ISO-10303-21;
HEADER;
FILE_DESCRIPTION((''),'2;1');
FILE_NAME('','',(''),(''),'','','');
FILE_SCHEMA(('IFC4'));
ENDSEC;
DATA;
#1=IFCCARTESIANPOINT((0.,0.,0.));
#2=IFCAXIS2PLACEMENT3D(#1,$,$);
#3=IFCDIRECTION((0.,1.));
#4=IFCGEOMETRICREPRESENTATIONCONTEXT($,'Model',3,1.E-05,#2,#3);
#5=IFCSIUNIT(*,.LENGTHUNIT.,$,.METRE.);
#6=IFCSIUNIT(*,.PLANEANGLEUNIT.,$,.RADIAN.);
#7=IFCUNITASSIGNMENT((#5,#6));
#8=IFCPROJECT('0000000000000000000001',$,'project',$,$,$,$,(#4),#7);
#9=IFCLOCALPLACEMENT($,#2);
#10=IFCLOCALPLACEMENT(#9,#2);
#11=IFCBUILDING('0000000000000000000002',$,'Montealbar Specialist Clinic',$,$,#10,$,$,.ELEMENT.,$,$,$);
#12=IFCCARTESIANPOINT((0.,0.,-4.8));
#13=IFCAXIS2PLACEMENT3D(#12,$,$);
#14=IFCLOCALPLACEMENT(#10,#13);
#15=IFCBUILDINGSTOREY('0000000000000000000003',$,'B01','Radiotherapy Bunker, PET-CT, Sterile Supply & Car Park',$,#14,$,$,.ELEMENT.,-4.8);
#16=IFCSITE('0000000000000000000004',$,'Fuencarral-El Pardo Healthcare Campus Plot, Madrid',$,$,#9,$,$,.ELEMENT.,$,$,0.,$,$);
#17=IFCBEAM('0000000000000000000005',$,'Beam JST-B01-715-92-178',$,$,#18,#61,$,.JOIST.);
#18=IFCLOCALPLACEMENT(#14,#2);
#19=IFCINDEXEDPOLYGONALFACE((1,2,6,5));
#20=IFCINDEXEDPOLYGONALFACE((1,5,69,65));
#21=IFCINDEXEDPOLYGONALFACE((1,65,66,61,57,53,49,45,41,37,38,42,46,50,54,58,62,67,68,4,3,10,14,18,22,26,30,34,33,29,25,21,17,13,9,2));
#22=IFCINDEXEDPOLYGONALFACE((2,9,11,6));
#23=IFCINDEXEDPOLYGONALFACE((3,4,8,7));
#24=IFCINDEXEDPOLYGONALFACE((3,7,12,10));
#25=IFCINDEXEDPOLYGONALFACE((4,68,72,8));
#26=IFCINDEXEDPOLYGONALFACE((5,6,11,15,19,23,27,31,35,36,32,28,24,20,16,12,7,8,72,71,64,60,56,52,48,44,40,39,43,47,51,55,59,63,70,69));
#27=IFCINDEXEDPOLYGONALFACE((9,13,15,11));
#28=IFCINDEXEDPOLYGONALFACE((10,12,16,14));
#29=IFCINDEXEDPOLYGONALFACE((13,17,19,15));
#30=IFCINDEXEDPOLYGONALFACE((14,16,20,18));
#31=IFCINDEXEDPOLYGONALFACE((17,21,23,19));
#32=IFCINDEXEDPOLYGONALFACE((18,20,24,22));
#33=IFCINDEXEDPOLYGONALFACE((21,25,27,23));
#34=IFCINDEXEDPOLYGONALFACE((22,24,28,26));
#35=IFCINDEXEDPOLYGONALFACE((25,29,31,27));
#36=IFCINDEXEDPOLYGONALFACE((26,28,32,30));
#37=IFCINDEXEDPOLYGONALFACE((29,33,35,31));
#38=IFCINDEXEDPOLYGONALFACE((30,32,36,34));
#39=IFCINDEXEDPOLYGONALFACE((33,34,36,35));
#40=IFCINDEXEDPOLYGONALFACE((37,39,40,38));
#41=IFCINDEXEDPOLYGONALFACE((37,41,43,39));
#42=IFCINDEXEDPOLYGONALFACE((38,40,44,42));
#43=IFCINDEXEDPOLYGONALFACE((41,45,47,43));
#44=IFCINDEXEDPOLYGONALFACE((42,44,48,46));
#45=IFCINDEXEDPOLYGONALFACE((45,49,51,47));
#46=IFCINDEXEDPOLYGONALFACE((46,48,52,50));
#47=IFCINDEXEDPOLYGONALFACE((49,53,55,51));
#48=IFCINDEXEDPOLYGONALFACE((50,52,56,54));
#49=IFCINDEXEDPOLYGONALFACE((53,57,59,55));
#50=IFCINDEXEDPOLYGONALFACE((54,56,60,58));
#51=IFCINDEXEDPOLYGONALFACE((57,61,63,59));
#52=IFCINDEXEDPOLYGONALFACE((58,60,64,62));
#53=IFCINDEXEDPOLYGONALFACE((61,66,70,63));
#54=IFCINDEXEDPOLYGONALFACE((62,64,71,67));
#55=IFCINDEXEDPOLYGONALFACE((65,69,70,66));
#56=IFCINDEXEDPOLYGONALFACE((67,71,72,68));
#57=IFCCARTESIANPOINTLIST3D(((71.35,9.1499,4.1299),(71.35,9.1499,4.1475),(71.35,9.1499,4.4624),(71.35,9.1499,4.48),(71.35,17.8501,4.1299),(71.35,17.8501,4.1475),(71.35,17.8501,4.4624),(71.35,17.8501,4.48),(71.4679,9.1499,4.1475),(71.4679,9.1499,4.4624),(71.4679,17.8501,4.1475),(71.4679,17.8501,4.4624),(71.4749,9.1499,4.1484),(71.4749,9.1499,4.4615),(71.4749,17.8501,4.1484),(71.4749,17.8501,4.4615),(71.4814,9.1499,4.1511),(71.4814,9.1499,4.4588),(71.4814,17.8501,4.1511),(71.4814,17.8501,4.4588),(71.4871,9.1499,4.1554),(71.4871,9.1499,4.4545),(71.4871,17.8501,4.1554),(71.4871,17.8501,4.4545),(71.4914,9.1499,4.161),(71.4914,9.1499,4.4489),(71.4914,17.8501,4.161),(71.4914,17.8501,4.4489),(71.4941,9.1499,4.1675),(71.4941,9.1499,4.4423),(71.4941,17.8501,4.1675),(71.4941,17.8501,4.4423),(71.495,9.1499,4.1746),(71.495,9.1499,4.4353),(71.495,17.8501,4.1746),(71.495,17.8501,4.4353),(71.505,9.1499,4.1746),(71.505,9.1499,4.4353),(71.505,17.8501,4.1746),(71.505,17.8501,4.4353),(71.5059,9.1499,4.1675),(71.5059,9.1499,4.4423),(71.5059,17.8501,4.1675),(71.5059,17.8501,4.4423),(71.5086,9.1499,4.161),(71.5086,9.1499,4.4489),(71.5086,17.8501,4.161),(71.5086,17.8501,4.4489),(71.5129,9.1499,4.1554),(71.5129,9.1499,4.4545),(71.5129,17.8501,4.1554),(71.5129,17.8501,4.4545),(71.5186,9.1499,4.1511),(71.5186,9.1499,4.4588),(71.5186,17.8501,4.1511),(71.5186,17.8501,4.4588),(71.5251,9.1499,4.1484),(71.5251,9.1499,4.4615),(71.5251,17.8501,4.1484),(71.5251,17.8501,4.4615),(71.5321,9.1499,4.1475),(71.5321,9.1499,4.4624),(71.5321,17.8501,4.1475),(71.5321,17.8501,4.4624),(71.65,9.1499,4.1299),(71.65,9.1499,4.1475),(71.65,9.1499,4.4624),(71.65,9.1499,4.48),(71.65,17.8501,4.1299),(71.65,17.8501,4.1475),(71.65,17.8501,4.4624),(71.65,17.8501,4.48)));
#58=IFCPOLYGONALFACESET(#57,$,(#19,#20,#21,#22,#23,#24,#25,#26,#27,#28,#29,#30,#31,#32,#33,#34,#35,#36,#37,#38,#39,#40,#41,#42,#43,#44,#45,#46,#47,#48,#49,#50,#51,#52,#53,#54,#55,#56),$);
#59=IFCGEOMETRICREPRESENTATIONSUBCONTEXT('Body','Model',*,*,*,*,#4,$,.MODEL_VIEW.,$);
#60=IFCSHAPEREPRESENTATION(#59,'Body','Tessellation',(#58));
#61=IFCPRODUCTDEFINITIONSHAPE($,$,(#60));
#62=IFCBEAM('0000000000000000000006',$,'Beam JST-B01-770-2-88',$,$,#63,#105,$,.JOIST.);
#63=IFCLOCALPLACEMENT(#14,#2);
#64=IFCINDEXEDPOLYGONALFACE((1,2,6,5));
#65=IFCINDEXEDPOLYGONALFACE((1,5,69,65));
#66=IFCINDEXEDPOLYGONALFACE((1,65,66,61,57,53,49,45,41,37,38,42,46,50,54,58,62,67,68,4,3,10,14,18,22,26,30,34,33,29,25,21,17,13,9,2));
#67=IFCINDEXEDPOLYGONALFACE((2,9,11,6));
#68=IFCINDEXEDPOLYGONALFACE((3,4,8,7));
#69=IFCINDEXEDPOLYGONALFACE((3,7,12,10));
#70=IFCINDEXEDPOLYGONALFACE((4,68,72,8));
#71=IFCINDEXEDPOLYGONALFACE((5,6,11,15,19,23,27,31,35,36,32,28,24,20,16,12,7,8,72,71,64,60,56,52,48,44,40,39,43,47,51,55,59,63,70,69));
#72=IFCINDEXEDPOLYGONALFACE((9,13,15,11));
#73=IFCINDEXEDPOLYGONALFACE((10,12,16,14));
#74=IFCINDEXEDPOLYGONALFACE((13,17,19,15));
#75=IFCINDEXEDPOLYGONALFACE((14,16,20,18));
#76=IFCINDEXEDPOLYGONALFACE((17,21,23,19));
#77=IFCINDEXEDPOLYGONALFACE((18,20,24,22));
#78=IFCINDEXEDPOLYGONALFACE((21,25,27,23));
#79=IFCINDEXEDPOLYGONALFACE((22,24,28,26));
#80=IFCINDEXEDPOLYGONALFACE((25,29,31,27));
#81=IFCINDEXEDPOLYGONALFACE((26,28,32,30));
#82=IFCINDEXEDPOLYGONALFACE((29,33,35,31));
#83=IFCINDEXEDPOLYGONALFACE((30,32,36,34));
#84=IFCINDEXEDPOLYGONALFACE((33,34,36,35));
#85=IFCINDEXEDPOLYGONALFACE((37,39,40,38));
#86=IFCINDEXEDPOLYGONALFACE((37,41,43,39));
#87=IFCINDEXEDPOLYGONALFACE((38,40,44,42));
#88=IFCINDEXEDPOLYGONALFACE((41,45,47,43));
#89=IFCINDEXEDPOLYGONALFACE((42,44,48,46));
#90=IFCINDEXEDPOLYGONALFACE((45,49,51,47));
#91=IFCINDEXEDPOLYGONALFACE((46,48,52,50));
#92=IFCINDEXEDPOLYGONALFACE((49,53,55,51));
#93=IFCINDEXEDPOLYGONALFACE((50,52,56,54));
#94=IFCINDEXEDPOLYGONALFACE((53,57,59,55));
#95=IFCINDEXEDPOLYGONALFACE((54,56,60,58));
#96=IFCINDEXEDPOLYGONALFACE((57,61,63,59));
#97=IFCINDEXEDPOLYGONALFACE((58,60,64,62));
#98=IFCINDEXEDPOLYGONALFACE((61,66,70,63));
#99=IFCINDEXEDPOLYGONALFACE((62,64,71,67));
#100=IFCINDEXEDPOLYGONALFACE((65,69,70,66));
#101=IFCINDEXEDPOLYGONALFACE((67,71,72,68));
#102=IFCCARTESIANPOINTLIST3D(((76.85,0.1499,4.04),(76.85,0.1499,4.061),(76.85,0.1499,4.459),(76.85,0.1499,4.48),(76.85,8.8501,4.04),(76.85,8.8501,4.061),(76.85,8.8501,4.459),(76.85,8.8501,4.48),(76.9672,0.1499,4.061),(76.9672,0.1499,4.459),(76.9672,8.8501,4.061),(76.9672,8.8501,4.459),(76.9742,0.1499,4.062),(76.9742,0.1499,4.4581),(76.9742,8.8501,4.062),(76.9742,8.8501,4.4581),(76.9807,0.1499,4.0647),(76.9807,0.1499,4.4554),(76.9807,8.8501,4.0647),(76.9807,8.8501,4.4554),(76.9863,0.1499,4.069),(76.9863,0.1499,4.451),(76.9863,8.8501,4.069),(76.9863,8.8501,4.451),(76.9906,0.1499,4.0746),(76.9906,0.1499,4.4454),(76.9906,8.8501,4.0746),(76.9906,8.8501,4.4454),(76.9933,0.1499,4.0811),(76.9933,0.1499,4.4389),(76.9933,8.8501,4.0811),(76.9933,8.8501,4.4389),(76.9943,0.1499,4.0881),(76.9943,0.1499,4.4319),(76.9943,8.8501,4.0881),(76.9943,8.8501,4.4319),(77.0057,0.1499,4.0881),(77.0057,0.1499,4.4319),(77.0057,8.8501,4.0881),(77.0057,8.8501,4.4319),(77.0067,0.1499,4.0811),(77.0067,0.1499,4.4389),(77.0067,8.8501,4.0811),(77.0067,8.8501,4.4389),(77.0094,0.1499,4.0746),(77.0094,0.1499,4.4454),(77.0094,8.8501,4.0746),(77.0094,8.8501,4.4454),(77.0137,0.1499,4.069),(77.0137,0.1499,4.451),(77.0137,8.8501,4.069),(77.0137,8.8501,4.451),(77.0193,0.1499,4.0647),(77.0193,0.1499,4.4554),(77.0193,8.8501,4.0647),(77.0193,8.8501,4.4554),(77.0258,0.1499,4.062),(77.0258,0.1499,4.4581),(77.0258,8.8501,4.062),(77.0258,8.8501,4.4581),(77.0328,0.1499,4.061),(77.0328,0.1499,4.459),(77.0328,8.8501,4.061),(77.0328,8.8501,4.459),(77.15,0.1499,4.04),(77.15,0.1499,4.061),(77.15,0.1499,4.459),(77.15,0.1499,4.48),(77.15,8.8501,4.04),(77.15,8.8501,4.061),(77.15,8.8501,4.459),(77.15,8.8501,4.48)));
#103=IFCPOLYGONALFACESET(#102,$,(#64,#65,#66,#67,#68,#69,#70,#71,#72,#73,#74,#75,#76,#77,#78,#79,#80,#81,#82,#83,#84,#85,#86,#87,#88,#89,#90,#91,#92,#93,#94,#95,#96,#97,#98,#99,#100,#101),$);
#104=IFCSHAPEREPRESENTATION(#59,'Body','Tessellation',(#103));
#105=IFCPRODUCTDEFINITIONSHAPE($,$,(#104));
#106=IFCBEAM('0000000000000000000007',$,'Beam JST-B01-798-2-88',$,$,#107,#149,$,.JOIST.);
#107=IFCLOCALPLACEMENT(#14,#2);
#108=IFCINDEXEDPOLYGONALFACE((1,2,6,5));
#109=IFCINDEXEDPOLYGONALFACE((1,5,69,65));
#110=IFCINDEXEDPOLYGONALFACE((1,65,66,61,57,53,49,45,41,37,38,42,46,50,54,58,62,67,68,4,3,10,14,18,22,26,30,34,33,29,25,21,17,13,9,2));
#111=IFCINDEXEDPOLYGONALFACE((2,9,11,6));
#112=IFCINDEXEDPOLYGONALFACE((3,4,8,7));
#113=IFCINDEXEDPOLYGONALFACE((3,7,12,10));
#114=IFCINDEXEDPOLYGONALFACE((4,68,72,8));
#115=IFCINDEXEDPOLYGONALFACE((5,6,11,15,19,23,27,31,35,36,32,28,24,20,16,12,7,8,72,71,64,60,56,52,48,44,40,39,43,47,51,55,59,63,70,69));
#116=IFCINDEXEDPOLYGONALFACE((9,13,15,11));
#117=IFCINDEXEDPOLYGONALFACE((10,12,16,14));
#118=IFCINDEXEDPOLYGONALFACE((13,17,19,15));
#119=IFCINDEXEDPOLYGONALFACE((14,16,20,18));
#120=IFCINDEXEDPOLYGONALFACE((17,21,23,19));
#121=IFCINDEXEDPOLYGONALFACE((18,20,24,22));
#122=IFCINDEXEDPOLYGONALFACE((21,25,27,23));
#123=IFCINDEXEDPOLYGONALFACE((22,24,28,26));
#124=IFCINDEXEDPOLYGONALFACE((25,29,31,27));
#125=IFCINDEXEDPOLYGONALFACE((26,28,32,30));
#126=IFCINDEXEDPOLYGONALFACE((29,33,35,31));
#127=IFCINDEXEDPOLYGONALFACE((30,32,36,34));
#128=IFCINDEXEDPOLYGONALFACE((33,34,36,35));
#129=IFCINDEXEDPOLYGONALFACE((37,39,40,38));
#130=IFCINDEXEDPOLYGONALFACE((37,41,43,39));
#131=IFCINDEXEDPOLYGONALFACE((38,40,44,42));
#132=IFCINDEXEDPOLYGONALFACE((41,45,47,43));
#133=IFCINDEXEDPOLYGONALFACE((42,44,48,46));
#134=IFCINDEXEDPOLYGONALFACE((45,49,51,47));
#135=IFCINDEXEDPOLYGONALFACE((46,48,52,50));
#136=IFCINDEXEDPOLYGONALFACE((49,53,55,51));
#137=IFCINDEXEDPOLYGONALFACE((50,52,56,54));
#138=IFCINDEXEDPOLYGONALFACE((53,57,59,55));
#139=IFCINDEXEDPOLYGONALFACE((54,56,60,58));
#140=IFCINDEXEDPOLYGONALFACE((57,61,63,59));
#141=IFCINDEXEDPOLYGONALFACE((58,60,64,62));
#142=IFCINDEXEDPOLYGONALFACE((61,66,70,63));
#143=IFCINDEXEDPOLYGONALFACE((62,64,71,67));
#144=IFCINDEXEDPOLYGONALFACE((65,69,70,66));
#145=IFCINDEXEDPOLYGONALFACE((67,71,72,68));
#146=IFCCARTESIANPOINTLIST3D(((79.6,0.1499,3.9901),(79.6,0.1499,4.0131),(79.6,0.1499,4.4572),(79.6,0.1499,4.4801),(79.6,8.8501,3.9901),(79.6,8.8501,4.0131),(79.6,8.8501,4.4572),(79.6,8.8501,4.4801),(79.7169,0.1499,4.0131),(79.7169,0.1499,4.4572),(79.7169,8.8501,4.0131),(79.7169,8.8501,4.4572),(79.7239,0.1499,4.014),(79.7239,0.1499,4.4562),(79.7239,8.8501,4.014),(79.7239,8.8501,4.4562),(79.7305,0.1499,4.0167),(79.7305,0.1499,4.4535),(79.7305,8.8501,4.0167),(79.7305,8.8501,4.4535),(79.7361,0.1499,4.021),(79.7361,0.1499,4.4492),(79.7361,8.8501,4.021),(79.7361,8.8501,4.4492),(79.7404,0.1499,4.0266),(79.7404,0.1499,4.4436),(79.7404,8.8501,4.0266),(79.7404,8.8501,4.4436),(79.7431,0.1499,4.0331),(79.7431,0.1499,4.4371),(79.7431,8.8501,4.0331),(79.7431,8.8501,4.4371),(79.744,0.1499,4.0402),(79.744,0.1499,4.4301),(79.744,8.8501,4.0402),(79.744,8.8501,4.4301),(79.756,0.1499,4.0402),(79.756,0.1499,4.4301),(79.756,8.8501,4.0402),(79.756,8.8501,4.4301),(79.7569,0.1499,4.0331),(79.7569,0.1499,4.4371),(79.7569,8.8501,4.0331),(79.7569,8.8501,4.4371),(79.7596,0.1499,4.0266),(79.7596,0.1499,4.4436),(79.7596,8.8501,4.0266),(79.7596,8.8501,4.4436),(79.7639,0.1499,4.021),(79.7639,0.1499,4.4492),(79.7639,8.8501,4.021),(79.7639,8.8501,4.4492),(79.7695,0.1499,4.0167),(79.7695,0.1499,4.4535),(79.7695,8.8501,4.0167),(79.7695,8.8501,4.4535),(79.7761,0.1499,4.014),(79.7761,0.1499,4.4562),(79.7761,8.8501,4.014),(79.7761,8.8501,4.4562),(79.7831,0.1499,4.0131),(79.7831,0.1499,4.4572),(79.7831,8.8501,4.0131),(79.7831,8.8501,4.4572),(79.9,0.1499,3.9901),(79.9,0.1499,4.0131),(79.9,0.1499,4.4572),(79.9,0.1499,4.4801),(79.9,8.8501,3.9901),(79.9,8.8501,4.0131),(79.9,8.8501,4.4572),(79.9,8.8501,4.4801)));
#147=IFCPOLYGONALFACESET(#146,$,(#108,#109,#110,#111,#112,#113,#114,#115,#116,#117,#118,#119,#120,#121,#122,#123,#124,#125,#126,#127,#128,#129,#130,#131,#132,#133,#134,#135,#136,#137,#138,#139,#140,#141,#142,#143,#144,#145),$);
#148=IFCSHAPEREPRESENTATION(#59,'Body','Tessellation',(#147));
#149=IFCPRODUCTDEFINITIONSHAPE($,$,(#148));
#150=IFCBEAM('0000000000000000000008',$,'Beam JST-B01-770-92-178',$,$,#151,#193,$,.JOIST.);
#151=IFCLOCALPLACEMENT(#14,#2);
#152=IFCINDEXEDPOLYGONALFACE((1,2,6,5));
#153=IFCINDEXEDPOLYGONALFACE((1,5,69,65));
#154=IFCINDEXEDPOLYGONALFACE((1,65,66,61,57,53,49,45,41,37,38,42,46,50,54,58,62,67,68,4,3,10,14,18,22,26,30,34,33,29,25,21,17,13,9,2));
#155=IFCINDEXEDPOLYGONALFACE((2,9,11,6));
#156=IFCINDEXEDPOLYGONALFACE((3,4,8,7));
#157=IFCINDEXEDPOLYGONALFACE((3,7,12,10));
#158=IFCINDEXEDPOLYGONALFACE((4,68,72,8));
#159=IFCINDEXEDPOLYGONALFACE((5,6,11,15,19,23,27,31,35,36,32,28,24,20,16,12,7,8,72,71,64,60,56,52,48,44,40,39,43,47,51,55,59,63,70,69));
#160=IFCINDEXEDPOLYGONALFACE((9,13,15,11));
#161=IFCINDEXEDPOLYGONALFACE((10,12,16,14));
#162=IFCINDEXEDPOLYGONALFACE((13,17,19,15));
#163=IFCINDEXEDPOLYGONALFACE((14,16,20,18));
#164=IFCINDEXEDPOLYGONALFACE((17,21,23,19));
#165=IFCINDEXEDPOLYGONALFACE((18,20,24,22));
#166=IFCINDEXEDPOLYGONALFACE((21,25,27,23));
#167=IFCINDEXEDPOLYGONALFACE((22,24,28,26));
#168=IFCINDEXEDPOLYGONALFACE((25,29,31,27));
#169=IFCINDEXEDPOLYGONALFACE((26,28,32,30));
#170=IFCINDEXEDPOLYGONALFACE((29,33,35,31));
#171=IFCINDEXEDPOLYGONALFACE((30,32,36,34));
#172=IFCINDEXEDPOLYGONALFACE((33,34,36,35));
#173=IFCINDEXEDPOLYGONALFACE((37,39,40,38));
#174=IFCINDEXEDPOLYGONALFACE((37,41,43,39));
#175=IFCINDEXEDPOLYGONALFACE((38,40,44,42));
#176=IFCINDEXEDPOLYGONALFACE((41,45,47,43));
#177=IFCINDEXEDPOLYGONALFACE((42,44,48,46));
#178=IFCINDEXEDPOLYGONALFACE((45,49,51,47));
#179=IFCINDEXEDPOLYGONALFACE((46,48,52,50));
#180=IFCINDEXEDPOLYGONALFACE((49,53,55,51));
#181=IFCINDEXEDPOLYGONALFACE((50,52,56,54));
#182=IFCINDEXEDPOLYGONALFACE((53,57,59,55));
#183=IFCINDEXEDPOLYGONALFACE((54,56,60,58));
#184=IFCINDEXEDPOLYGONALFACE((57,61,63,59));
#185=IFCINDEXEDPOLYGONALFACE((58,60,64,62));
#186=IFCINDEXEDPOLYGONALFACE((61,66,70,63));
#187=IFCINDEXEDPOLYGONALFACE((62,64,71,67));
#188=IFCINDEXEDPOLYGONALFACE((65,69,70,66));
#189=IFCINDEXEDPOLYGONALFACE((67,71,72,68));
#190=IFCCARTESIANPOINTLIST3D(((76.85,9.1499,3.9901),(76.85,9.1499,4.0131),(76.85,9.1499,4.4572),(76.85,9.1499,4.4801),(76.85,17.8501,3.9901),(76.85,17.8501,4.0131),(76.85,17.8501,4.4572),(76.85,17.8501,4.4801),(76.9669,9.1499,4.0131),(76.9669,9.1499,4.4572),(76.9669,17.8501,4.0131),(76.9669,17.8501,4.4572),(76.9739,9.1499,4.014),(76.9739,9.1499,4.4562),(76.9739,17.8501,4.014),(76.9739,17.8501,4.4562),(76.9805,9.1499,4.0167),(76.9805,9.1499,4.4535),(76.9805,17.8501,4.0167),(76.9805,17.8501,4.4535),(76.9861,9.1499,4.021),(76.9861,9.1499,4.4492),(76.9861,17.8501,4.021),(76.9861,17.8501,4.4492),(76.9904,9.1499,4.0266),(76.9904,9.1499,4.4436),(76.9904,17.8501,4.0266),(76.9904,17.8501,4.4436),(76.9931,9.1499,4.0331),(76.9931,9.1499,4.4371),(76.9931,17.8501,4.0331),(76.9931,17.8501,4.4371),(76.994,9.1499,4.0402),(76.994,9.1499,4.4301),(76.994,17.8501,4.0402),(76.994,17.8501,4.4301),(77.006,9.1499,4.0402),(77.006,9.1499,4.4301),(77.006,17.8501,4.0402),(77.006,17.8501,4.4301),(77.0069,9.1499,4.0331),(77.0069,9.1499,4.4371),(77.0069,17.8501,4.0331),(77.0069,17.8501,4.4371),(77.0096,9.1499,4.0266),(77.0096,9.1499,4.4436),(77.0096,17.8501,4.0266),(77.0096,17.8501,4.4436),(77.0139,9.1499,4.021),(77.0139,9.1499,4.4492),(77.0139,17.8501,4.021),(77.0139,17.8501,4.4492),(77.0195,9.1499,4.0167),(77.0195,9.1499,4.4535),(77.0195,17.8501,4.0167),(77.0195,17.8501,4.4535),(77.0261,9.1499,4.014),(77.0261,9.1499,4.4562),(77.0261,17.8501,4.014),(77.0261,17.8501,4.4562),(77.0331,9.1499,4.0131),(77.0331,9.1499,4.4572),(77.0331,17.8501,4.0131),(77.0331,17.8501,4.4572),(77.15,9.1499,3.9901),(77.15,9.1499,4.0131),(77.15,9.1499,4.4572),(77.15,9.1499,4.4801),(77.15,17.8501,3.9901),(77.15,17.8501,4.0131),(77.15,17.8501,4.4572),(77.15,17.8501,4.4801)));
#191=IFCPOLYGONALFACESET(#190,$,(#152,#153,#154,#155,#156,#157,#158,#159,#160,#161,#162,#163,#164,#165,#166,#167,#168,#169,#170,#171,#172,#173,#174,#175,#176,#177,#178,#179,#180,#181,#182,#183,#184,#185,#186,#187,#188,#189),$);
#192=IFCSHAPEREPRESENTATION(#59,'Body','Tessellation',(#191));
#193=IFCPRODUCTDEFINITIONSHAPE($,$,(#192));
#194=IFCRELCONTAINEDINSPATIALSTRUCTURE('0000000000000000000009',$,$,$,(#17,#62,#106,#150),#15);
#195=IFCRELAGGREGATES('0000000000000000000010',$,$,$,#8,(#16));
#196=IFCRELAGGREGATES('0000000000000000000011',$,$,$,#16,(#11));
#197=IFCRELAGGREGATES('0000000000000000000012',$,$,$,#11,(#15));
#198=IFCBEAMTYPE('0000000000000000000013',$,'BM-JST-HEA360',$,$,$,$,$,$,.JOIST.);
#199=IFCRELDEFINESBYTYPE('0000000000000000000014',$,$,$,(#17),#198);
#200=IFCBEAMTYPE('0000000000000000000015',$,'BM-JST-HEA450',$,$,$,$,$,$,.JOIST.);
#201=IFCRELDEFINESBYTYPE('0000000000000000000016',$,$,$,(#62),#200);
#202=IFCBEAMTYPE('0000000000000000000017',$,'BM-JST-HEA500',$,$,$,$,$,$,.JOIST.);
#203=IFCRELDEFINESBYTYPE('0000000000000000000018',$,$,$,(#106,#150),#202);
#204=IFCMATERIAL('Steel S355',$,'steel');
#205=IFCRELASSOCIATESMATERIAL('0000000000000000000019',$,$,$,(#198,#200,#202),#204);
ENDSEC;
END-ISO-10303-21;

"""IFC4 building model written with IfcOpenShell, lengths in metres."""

from ifc_helpers import new_model, si_unit, direction, frame, origin, origin_2d, place, context, subcontext, project, spatial, i_section, extrude, material, material_profile, profile_set, type_object, element, save


model = new_model("IFC4")

# Units and contexts
model_context = context("Model", 3, precision=1e-05, world=origin(), true_north=direction((0.0, 1.0)))
body_context = subcontext(model_context, "Body", "Model", "MODEL_VIEW")
ifc_project = project(units=[si_unit("LENGTHUNIT", "METRE"), si_unit("PLANEANGLEUNIT", "RADIAN")], contexts=[model_context])

# Site, building, storey
site_placement = place(None, origin())
site = spatial("IfcSite", under=ifc_project, at=site_placement, Name="Fuencarral-El Pardo Healthcare Campus Plot, Madrid", CompositionType="ELEMENT", RefElevation=0.0)
building_placement = place(site_placement, origin())
building = spatial("IfcBuilding", under=site, at=building_placement, Name="Montealbar Specialist Clinic", CompositionType="ELEMENT")
storey_placement = place(building_placement, frame((0.0, 0.0, -4.8)))
storey = spatial("IfcBuildingStorey", under=building, at=storey_placement, Name="B01", Description="Radiotherapy Bunker, PET-CT, Sterile Supply & Car Park", CompositionType="ELEMENT", Elevation=-4.8)

# Shared definitions
ifc_material_1 = material(Name="Steel S355", Category="steel")

# Beams
ifc_material_profile_1 = material_profile(ifc_material_1, i_section(OverallWidth=0.3, OverallDepth=0.3501, WebThickness=0.01, FlangeThickness=0.0176, FilletRadius=0.0271, at=origin_2d()), Name="HEA 360", Category="steel")
ifc_profile_set_1 = profile_set([ifc_material_profile_1], Name="Steel S355")
beam_type_1 = type_object("IfcBeamType", Name="BM-JST-HEA360", PredefinedType="JOIST", material=ifc_profile_set_1)
beam_1_placement = place(storey_placement, frame((71.5, 9.1499, 4.3049), z_axis=(0.0, 1.0, 0.0), x_axis=(-1.0, 0.0, 0.0)))
element("IfcBeam", 1, at=beam_1_placement, inside=storey, type_object=beam_type_1, Name="Beam JST-B01-715-92-178", PredefinedType="JOIST", context=body_context, shape_type="SweptSolid", body=[
    extrude(i_section(OverallWidth=0.3, OverallDepth=0.3501, WebThickness=0.01, FlangeThickness=0.0176, FilletRadius=0.0271, at=origin_2d()), origin(), (0.0, 0.0, 1.0), 8.7002),
])
ifc_material_profile_2 = material_profile(ifc_material_1, i_section(OverallWidth=0.3, OverallDepth=0.4399, WebThickness=0.0115, FlangeThickness=0.021, FilletRadius=0.0271, at=origin_2d()), Name="HEA 450", Category="steel")
ifc_profile_set_2 = profile_set([ifc_material_profile_2], Name="Steel S355")
beam_type_2 = type_object("IfcBeamType", Name="BM-JST-HEA450", PredefinedType="JOIST", material=ifc_profile_set_2)
beam_2_placement = place(storey_placement, frame((77.0, 0.1499, 4.26), z_axis=(0.0, 1.0, 0.0), x_axis=(-1.0, 0.0, 0.0)))
element("IfcBeam", 2, at=beam_2_placement, inside=storey, type_object=beam_type_2, Name="Beam JST-B01-770-2-88", PredefinedType="JOIST", context=body_context, shape_type="SweptSolid", body=[
    extrude(i_section(OverallWidth=0.3, OverallDepth=0.4399, WebThickness=0.0115, FlangeThickness=0.021, FilletRadius=0.0271, at=origin_2d()), origin(), (0.0, 0.0, 1.0), 8.7002),
])
ifc_material_profile_3 = material_profile(ifc_material_1, i_section(OverallWidth=0.3, OverallDepth=0.49, WebThickness=0.012, FlangeThickness=0.0229, FilletRadius=0.0271, at=origin_2d()), Name="HEA 500", Category="steel")
ifc_profile_set_3 = profile_set([ifc_material_profile_3], Name="Steel S355")
beam_type_3 = type_object("IfcBeamType", Name="BM-JST-HEA500", PredefinedType="JOIST", material=ifc_profile_set_3)
for number, where, z_axis, x_axis, name in (
    (3, (79.75, 0.1499, 4.2351), (0.0, 1.0, 0.0), (-1.0, 0.0, 0.0), "Beam JST-B01-798-2-88"),
    (4, (77.0, 9.1499, 4.2351), (0.0, 1.0, 0.0), (-1.0, 0.0, 0.0), "Beam JST-B01-770-92-178"),
):
    element("IfcBeam", number, at=place(storey_placement, frame(where, z_axis=z_axis, x_axis=x_axis)), inside=storey, type_object=beam_type_3, Name=name, PredefinedType="JOIST", context=body_context, shape_type="SweptSolid", body=[
        extrude(i_section(OverallWidth=0.3, OverallDepth=0.49, WebThickness=0.012, FlangeThickness=0.0229, FilletRadius=0.0271, at=origin_2d()), origin(), (0.0, 0.0, 1.0), 8.7002),
    ])

save(model, "model.ifc")
